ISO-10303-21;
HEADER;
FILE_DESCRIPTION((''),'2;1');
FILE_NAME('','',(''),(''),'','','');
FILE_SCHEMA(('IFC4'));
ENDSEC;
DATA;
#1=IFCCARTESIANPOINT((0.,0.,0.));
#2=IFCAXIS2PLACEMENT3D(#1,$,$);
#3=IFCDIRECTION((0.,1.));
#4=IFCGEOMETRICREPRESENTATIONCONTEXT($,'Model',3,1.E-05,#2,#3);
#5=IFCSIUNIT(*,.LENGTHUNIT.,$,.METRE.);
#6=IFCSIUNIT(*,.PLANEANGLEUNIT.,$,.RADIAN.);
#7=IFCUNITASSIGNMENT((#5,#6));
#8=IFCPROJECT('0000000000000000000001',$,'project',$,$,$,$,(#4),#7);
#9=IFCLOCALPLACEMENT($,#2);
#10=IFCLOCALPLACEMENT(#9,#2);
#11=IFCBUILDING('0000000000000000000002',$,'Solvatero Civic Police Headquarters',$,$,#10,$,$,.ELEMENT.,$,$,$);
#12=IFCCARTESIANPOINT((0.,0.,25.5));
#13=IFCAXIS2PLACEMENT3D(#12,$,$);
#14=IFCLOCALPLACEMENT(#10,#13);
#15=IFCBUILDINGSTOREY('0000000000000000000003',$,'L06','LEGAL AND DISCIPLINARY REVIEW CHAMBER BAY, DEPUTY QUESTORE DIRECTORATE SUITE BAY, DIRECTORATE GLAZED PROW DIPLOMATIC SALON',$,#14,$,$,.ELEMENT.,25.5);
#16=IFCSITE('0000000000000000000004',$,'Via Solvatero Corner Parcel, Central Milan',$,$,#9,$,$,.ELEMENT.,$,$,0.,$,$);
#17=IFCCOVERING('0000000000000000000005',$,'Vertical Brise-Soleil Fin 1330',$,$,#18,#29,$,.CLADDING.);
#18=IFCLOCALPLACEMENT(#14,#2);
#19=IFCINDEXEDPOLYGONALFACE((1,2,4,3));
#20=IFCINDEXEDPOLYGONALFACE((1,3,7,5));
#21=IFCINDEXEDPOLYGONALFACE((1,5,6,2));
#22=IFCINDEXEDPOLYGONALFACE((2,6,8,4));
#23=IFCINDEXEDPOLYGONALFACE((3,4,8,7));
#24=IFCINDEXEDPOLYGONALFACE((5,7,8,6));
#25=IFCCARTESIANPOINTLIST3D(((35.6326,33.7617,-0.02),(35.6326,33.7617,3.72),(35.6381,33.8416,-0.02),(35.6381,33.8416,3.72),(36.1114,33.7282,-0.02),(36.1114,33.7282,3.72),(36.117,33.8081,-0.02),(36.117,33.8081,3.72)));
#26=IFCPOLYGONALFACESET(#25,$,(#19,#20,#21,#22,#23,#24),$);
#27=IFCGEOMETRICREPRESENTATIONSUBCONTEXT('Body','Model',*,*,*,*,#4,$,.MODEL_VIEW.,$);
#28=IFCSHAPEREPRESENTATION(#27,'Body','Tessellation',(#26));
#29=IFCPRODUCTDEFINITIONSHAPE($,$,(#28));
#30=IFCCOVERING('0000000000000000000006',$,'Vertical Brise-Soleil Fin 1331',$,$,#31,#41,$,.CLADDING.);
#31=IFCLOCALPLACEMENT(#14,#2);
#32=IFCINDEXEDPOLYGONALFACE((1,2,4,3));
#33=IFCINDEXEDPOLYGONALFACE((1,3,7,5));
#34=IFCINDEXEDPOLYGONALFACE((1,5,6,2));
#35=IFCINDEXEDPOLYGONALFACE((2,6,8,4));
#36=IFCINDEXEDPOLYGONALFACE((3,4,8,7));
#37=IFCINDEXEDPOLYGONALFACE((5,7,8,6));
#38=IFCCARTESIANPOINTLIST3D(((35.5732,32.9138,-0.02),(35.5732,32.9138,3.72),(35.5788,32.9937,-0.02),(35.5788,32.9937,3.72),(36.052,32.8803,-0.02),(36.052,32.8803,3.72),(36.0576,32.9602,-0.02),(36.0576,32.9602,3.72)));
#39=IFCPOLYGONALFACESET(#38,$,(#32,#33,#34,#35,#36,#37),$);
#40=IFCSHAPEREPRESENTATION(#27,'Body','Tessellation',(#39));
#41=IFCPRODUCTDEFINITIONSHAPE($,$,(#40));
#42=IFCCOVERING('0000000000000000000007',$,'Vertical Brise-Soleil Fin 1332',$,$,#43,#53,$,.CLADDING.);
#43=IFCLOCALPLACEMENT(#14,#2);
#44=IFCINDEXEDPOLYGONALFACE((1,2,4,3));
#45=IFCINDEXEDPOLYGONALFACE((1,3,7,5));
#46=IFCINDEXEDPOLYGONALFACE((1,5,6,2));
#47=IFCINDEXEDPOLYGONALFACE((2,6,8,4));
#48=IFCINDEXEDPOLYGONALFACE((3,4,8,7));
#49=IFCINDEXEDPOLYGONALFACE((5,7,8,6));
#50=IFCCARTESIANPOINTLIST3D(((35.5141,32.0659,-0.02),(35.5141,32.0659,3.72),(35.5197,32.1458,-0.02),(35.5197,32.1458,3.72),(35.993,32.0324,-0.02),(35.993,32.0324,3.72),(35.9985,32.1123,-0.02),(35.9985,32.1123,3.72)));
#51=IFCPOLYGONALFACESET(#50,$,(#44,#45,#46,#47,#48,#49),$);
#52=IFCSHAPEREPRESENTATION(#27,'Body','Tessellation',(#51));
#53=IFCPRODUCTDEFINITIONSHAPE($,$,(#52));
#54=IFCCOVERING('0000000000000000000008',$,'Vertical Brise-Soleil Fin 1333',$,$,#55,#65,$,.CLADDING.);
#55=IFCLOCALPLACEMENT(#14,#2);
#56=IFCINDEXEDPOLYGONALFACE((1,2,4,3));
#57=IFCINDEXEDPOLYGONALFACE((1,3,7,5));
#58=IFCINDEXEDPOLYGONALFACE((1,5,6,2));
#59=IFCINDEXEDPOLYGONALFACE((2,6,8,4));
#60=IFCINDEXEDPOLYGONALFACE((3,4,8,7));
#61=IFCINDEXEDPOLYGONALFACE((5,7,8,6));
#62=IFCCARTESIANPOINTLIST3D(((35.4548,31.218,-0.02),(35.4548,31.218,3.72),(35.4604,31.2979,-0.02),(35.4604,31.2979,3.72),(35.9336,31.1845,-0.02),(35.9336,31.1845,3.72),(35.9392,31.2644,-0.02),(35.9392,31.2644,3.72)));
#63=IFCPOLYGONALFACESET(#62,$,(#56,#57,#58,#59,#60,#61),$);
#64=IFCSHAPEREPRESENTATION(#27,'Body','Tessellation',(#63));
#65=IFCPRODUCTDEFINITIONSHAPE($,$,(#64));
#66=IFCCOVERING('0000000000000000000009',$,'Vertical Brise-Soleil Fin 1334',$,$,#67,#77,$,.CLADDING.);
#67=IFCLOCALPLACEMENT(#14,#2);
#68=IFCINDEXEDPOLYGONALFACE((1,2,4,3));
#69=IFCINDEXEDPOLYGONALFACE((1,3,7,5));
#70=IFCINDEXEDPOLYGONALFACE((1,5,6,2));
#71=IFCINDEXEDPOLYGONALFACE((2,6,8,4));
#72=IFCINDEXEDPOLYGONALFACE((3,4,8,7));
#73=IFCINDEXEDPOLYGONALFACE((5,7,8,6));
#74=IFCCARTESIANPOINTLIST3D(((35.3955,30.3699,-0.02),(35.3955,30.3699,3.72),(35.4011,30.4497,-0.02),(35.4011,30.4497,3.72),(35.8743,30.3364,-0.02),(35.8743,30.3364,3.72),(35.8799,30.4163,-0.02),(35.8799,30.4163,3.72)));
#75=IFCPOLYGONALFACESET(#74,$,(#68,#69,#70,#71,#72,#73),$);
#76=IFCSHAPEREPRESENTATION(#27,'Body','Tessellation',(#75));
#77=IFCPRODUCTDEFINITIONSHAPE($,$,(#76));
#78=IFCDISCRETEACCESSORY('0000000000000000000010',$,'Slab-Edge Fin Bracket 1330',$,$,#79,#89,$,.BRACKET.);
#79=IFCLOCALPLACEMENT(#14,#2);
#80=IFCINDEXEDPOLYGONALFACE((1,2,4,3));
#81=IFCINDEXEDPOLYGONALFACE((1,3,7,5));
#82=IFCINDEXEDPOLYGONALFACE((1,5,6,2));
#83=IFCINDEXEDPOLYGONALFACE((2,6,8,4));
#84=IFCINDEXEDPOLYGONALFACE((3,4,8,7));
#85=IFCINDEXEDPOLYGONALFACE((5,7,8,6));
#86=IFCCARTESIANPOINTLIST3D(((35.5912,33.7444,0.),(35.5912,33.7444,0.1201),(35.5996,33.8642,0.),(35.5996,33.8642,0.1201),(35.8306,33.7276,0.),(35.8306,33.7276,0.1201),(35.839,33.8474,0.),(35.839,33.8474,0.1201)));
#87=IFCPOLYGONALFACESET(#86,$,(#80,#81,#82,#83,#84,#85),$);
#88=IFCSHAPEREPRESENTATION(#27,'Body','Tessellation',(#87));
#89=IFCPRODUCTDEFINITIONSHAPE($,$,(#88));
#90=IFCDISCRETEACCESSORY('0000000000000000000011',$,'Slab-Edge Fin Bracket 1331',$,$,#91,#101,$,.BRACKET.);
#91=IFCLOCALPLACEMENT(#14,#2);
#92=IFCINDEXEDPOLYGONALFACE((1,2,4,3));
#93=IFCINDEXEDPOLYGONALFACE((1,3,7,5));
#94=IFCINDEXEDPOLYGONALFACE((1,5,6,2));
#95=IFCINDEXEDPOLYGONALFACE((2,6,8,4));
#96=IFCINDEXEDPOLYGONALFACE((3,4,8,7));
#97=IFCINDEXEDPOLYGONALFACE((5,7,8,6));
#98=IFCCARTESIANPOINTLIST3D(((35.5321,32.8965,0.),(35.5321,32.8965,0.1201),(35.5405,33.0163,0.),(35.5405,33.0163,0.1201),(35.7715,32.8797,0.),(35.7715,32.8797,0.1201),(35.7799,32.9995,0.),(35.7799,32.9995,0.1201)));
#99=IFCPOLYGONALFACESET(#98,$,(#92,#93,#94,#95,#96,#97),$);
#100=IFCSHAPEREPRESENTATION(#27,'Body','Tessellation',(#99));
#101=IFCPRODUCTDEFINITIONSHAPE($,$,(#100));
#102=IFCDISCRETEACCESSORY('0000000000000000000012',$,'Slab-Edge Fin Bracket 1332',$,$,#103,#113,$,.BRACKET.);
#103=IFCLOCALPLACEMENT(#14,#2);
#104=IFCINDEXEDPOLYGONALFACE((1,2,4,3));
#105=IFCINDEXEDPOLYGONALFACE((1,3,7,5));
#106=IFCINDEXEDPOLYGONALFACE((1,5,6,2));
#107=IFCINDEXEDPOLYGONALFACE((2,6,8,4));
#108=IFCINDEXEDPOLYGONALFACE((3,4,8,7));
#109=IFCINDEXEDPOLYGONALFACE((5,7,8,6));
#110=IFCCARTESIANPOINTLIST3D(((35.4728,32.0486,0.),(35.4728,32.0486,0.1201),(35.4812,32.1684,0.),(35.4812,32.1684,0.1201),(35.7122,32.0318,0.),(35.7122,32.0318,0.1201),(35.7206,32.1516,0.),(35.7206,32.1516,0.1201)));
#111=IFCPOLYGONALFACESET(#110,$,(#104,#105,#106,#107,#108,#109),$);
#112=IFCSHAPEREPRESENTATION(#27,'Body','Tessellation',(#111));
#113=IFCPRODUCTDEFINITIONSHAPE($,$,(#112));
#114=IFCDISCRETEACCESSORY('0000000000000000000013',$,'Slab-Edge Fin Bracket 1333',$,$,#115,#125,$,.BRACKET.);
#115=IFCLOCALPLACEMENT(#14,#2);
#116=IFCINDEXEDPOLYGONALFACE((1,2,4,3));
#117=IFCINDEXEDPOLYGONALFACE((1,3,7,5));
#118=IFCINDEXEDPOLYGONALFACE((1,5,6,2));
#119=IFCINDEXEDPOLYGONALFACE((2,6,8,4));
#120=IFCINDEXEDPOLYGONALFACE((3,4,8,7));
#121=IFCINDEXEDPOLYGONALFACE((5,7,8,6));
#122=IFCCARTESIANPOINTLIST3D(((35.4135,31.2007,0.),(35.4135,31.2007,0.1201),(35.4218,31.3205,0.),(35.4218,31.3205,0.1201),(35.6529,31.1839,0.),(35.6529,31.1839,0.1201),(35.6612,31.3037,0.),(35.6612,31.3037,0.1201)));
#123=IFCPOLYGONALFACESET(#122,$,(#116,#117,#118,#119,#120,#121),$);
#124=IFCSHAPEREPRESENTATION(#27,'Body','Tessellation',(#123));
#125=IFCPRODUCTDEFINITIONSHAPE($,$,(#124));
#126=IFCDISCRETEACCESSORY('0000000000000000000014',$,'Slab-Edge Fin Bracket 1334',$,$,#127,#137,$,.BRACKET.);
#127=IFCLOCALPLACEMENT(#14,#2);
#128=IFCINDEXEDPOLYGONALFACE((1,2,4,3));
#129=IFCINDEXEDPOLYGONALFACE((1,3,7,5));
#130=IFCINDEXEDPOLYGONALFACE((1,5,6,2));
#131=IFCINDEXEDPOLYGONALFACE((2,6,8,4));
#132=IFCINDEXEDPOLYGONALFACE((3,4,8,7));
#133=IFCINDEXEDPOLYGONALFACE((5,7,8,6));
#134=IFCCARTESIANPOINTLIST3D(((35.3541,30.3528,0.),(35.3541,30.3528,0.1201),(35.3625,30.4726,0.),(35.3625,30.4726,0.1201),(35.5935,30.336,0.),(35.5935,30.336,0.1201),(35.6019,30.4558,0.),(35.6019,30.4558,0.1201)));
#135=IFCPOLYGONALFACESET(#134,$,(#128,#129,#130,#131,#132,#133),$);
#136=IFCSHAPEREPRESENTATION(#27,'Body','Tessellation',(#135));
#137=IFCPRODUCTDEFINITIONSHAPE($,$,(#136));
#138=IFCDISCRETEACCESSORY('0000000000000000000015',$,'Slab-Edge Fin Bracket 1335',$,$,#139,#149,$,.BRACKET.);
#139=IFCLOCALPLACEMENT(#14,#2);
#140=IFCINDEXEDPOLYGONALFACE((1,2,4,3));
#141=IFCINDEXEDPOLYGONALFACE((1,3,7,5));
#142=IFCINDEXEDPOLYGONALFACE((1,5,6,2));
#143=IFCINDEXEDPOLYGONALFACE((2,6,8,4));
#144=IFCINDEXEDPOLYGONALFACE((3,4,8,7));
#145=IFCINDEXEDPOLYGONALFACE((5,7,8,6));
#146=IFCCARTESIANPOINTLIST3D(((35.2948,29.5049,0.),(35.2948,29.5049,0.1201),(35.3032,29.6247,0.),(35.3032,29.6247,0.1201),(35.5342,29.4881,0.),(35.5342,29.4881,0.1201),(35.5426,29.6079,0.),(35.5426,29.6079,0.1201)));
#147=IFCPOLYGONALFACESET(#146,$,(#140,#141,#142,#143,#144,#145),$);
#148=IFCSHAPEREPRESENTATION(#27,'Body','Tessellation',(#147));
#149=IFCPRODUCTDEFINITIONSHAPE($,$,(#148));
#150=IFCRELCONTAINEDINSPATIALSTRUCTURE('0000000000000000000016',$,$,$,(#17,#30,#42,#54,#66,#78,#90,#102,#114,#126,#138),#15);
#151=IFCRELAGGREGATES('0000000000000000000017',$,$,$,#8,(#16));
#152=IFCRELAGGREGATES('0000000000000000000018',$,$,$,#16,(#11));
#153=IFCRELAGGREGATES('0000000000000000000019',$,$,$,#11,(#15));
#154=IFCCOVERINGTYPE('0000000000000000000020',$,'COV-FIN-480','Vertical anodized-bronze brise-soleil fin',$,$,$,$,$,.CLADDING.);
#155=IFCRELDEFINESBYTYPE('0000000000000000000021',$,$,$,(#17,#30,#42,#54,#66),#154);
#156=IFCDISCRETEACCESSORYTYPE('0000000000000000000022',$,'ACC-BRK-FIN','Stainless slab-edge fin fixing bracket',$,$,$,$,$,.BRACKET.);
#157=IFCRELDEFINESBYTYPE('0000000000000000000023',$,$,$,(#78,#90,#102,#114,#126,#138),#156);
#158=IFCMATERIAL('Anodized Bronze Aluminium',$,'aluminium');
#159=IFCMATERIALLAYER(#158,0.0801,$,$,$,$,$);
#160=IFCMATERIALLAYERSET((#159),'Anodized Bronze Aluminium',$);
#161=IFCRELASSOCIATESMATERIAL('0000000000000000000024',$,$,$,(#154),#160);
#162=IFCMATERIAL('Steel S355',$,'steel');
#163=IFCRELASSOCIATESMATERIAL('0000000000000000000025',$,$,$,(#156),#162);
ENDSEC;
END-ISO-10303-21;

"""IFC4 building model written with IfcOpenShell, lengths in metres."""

from ifc_helpers import new_model, si_unit, direction, frame, origin, origin_2d, place, context, subcontext, project, spatial, rectangle, extrude, material, layer, layer_set, type_object, element, save


model = new_model("IFC4")

# Units and contexts
model_context = context("Model", 3, precision=1e-05, world=origin(), true_north=direction((0.0, 1.0)))
body_context = subcontext(model_context, "Body", "Model", "MODEL_VIEW")
ifc_project = project(units=[si_unit("LENGTHUNIT", "METRE"), si_unit("PLANEANGLEUNIT", "RADIAN")], contexts=[model_context])

# Site, building, storey
site_placement = place(None, origin())
site = spatial("IfcSite", under=ifc_project, at=site_placement, Name="Via Solvatero Corner Parcel, Central Milan", CompositionType="ELEMENT", RefElevation=0.0)
building_placement = place(site_placement, origin())
building = spatial("IfcBuilding", under=site, at=building_placement, Name="Solvatero Civic Police Headquarters", CompositionType="ELEMENT")
storey_placement = place(building_placement, frame((0.0, 0.0, 25.5)))
storey = spatial("IfcBuildingStorey", under=building, at=storey_placement, Name="L06", Description="LEGAL AND DISCIPLINARY REVIEW CHAMBER BAY, DEPUTY QUESTORE DIRECTORATE SUITE BAY, DIRECTORATE GLAZED PROW DIPLOMATIC SALON", CompositionType="ELEMENT", Elevation=25.5)

# Shared definitions
ifc_material_1 = material(Name="Steel S355", Category="steel")

# Shared definitions
ifc_material_2 = material(Name="Anodized Bronze Aluminium", Category="aluminium")

# Coverings
ifc_layer_1 = layer(ifc_material_2, 0.0801)
ifc_layer_set_1 = layer_set([ifc_layer_1], Name="Anodized Bronze Aluminium")
covering_type = type_object("IfcCoveringType", Name="COV-FIN-480", Description="Vertical anodized-bronze brise-soleil fin", PredefinedType="CLADDING", material=ifc_layer_set_1)
for number, where, z_axis, x_axis, name in (
    (1, (35.8748, 33.7849, -0.02), (0.0, 0.0, 1.0), (-0.069739, -0.997565, 0.0), "Vertical Brise-Soleil Fin 1330"),
    (2, (35.8154, 32.937, -0.02), (0.0, 0.0, 1.0), (-0.069739, -0.997565, 0.0), "Vertical Brise-Soleil Fin 1331"),
    (3, (35.7563, 32.0891, -0.02), (0.0, 0.0, 1.0), (-0.069739, -0.997565, 0.0), "Vertical Brise-Soleil Fin 1332"),
    (4, (35.697, 31.2412, -0.02), (0.0, 0.0, 1.0), (-0.069739, -0.997565, 0.0), "Vertical Brise-Soleil Fin 1333"),
    (5, (35.6377, 30.3931, -0.02), (0.0, 0.0, 1.0), (-0.069739, -0.997565, 0.0), "Vertical Brise-Soleil Fin 1334"),
):
    element("IfcCovering", number, at=place(storey_placement, frame(where, z_axis=z_axis, x_axis=x_axis)), inside=storey, type_object=covering_type, Name=name, PredefinedType="CLADDING", context=body_context, shape_type="SweptSolid", body=[
        extrude(rectangle(XDim=0.0801, YDim=0.48, at=origin_2d()), origin(), (0.0, 0.0, 1.0), 3.74),
    ])

# Discrete accessories
discrete_accessory_type = type_object("IfcDiscreteAccessoryType", Name="ACC-BRK-FIN", Description="Stainless slab-edge fin fixing bracket", PredefinedType="BRACKET", material=ifc_material_1)
for number, where, z_axis, x_axis, name in (
    (6, (35.7151, 33.7959, 0.0), (0.0, 0.0, 1.0), (-0.069739, -0.997565, 0.0), "Slab-Edge Fin Bracket 1330"),
    (7, (35.656, 32.948, 0.0), (0.0, 0.0, 1.0), (-0.069739, -0.997565, 0.0), "Slab-Edge Fin Bracket 1331"),
    (8, (35.5967, 32.1001, 0.0), (0.0, 0.0, 1.0), (-0.069739, -0.997565, 0.0), "Slab-Edge Fin Bracket 1332"),
    (9, (35.5374, 31.2522, 0.0), (0.0, 0.0, 1.0), (-0.069739, -0.997565, 0.0), "Slab-Edge Fin Bracket 1333"),
    (10, (35.478, 30.4043, 0.0), (0.0, 0.0, 1.0), (-0.069739, -0.997565, 0.0), "Slab-Edge Fin Bracket 1334"),
    (11, (35.4187, 29.5564, 0.0), (0.0, 0.0, 1.0), (-0.069739, -0.997565, 0.0), "Slab-Edge Fin Bracket 1335"),
):
    element("IfcDiscreteAccessory", number, at=place(storey_placement, frame(where, z_axis=z_axis, x_axis=x_axis)), inside=storey, type_object=discrete_accessory_type, Name=name, PredefinedType="BRACKET", context=body_context, shape_type="SweptSolid", body=[
        extrude(rectangle(XDim=0.1201, YDim=0.24, at=origin_2d()), origin(), (0.0, 0.0, 1.0), 0.1201),
    ])

save(model, "model.ifc")
